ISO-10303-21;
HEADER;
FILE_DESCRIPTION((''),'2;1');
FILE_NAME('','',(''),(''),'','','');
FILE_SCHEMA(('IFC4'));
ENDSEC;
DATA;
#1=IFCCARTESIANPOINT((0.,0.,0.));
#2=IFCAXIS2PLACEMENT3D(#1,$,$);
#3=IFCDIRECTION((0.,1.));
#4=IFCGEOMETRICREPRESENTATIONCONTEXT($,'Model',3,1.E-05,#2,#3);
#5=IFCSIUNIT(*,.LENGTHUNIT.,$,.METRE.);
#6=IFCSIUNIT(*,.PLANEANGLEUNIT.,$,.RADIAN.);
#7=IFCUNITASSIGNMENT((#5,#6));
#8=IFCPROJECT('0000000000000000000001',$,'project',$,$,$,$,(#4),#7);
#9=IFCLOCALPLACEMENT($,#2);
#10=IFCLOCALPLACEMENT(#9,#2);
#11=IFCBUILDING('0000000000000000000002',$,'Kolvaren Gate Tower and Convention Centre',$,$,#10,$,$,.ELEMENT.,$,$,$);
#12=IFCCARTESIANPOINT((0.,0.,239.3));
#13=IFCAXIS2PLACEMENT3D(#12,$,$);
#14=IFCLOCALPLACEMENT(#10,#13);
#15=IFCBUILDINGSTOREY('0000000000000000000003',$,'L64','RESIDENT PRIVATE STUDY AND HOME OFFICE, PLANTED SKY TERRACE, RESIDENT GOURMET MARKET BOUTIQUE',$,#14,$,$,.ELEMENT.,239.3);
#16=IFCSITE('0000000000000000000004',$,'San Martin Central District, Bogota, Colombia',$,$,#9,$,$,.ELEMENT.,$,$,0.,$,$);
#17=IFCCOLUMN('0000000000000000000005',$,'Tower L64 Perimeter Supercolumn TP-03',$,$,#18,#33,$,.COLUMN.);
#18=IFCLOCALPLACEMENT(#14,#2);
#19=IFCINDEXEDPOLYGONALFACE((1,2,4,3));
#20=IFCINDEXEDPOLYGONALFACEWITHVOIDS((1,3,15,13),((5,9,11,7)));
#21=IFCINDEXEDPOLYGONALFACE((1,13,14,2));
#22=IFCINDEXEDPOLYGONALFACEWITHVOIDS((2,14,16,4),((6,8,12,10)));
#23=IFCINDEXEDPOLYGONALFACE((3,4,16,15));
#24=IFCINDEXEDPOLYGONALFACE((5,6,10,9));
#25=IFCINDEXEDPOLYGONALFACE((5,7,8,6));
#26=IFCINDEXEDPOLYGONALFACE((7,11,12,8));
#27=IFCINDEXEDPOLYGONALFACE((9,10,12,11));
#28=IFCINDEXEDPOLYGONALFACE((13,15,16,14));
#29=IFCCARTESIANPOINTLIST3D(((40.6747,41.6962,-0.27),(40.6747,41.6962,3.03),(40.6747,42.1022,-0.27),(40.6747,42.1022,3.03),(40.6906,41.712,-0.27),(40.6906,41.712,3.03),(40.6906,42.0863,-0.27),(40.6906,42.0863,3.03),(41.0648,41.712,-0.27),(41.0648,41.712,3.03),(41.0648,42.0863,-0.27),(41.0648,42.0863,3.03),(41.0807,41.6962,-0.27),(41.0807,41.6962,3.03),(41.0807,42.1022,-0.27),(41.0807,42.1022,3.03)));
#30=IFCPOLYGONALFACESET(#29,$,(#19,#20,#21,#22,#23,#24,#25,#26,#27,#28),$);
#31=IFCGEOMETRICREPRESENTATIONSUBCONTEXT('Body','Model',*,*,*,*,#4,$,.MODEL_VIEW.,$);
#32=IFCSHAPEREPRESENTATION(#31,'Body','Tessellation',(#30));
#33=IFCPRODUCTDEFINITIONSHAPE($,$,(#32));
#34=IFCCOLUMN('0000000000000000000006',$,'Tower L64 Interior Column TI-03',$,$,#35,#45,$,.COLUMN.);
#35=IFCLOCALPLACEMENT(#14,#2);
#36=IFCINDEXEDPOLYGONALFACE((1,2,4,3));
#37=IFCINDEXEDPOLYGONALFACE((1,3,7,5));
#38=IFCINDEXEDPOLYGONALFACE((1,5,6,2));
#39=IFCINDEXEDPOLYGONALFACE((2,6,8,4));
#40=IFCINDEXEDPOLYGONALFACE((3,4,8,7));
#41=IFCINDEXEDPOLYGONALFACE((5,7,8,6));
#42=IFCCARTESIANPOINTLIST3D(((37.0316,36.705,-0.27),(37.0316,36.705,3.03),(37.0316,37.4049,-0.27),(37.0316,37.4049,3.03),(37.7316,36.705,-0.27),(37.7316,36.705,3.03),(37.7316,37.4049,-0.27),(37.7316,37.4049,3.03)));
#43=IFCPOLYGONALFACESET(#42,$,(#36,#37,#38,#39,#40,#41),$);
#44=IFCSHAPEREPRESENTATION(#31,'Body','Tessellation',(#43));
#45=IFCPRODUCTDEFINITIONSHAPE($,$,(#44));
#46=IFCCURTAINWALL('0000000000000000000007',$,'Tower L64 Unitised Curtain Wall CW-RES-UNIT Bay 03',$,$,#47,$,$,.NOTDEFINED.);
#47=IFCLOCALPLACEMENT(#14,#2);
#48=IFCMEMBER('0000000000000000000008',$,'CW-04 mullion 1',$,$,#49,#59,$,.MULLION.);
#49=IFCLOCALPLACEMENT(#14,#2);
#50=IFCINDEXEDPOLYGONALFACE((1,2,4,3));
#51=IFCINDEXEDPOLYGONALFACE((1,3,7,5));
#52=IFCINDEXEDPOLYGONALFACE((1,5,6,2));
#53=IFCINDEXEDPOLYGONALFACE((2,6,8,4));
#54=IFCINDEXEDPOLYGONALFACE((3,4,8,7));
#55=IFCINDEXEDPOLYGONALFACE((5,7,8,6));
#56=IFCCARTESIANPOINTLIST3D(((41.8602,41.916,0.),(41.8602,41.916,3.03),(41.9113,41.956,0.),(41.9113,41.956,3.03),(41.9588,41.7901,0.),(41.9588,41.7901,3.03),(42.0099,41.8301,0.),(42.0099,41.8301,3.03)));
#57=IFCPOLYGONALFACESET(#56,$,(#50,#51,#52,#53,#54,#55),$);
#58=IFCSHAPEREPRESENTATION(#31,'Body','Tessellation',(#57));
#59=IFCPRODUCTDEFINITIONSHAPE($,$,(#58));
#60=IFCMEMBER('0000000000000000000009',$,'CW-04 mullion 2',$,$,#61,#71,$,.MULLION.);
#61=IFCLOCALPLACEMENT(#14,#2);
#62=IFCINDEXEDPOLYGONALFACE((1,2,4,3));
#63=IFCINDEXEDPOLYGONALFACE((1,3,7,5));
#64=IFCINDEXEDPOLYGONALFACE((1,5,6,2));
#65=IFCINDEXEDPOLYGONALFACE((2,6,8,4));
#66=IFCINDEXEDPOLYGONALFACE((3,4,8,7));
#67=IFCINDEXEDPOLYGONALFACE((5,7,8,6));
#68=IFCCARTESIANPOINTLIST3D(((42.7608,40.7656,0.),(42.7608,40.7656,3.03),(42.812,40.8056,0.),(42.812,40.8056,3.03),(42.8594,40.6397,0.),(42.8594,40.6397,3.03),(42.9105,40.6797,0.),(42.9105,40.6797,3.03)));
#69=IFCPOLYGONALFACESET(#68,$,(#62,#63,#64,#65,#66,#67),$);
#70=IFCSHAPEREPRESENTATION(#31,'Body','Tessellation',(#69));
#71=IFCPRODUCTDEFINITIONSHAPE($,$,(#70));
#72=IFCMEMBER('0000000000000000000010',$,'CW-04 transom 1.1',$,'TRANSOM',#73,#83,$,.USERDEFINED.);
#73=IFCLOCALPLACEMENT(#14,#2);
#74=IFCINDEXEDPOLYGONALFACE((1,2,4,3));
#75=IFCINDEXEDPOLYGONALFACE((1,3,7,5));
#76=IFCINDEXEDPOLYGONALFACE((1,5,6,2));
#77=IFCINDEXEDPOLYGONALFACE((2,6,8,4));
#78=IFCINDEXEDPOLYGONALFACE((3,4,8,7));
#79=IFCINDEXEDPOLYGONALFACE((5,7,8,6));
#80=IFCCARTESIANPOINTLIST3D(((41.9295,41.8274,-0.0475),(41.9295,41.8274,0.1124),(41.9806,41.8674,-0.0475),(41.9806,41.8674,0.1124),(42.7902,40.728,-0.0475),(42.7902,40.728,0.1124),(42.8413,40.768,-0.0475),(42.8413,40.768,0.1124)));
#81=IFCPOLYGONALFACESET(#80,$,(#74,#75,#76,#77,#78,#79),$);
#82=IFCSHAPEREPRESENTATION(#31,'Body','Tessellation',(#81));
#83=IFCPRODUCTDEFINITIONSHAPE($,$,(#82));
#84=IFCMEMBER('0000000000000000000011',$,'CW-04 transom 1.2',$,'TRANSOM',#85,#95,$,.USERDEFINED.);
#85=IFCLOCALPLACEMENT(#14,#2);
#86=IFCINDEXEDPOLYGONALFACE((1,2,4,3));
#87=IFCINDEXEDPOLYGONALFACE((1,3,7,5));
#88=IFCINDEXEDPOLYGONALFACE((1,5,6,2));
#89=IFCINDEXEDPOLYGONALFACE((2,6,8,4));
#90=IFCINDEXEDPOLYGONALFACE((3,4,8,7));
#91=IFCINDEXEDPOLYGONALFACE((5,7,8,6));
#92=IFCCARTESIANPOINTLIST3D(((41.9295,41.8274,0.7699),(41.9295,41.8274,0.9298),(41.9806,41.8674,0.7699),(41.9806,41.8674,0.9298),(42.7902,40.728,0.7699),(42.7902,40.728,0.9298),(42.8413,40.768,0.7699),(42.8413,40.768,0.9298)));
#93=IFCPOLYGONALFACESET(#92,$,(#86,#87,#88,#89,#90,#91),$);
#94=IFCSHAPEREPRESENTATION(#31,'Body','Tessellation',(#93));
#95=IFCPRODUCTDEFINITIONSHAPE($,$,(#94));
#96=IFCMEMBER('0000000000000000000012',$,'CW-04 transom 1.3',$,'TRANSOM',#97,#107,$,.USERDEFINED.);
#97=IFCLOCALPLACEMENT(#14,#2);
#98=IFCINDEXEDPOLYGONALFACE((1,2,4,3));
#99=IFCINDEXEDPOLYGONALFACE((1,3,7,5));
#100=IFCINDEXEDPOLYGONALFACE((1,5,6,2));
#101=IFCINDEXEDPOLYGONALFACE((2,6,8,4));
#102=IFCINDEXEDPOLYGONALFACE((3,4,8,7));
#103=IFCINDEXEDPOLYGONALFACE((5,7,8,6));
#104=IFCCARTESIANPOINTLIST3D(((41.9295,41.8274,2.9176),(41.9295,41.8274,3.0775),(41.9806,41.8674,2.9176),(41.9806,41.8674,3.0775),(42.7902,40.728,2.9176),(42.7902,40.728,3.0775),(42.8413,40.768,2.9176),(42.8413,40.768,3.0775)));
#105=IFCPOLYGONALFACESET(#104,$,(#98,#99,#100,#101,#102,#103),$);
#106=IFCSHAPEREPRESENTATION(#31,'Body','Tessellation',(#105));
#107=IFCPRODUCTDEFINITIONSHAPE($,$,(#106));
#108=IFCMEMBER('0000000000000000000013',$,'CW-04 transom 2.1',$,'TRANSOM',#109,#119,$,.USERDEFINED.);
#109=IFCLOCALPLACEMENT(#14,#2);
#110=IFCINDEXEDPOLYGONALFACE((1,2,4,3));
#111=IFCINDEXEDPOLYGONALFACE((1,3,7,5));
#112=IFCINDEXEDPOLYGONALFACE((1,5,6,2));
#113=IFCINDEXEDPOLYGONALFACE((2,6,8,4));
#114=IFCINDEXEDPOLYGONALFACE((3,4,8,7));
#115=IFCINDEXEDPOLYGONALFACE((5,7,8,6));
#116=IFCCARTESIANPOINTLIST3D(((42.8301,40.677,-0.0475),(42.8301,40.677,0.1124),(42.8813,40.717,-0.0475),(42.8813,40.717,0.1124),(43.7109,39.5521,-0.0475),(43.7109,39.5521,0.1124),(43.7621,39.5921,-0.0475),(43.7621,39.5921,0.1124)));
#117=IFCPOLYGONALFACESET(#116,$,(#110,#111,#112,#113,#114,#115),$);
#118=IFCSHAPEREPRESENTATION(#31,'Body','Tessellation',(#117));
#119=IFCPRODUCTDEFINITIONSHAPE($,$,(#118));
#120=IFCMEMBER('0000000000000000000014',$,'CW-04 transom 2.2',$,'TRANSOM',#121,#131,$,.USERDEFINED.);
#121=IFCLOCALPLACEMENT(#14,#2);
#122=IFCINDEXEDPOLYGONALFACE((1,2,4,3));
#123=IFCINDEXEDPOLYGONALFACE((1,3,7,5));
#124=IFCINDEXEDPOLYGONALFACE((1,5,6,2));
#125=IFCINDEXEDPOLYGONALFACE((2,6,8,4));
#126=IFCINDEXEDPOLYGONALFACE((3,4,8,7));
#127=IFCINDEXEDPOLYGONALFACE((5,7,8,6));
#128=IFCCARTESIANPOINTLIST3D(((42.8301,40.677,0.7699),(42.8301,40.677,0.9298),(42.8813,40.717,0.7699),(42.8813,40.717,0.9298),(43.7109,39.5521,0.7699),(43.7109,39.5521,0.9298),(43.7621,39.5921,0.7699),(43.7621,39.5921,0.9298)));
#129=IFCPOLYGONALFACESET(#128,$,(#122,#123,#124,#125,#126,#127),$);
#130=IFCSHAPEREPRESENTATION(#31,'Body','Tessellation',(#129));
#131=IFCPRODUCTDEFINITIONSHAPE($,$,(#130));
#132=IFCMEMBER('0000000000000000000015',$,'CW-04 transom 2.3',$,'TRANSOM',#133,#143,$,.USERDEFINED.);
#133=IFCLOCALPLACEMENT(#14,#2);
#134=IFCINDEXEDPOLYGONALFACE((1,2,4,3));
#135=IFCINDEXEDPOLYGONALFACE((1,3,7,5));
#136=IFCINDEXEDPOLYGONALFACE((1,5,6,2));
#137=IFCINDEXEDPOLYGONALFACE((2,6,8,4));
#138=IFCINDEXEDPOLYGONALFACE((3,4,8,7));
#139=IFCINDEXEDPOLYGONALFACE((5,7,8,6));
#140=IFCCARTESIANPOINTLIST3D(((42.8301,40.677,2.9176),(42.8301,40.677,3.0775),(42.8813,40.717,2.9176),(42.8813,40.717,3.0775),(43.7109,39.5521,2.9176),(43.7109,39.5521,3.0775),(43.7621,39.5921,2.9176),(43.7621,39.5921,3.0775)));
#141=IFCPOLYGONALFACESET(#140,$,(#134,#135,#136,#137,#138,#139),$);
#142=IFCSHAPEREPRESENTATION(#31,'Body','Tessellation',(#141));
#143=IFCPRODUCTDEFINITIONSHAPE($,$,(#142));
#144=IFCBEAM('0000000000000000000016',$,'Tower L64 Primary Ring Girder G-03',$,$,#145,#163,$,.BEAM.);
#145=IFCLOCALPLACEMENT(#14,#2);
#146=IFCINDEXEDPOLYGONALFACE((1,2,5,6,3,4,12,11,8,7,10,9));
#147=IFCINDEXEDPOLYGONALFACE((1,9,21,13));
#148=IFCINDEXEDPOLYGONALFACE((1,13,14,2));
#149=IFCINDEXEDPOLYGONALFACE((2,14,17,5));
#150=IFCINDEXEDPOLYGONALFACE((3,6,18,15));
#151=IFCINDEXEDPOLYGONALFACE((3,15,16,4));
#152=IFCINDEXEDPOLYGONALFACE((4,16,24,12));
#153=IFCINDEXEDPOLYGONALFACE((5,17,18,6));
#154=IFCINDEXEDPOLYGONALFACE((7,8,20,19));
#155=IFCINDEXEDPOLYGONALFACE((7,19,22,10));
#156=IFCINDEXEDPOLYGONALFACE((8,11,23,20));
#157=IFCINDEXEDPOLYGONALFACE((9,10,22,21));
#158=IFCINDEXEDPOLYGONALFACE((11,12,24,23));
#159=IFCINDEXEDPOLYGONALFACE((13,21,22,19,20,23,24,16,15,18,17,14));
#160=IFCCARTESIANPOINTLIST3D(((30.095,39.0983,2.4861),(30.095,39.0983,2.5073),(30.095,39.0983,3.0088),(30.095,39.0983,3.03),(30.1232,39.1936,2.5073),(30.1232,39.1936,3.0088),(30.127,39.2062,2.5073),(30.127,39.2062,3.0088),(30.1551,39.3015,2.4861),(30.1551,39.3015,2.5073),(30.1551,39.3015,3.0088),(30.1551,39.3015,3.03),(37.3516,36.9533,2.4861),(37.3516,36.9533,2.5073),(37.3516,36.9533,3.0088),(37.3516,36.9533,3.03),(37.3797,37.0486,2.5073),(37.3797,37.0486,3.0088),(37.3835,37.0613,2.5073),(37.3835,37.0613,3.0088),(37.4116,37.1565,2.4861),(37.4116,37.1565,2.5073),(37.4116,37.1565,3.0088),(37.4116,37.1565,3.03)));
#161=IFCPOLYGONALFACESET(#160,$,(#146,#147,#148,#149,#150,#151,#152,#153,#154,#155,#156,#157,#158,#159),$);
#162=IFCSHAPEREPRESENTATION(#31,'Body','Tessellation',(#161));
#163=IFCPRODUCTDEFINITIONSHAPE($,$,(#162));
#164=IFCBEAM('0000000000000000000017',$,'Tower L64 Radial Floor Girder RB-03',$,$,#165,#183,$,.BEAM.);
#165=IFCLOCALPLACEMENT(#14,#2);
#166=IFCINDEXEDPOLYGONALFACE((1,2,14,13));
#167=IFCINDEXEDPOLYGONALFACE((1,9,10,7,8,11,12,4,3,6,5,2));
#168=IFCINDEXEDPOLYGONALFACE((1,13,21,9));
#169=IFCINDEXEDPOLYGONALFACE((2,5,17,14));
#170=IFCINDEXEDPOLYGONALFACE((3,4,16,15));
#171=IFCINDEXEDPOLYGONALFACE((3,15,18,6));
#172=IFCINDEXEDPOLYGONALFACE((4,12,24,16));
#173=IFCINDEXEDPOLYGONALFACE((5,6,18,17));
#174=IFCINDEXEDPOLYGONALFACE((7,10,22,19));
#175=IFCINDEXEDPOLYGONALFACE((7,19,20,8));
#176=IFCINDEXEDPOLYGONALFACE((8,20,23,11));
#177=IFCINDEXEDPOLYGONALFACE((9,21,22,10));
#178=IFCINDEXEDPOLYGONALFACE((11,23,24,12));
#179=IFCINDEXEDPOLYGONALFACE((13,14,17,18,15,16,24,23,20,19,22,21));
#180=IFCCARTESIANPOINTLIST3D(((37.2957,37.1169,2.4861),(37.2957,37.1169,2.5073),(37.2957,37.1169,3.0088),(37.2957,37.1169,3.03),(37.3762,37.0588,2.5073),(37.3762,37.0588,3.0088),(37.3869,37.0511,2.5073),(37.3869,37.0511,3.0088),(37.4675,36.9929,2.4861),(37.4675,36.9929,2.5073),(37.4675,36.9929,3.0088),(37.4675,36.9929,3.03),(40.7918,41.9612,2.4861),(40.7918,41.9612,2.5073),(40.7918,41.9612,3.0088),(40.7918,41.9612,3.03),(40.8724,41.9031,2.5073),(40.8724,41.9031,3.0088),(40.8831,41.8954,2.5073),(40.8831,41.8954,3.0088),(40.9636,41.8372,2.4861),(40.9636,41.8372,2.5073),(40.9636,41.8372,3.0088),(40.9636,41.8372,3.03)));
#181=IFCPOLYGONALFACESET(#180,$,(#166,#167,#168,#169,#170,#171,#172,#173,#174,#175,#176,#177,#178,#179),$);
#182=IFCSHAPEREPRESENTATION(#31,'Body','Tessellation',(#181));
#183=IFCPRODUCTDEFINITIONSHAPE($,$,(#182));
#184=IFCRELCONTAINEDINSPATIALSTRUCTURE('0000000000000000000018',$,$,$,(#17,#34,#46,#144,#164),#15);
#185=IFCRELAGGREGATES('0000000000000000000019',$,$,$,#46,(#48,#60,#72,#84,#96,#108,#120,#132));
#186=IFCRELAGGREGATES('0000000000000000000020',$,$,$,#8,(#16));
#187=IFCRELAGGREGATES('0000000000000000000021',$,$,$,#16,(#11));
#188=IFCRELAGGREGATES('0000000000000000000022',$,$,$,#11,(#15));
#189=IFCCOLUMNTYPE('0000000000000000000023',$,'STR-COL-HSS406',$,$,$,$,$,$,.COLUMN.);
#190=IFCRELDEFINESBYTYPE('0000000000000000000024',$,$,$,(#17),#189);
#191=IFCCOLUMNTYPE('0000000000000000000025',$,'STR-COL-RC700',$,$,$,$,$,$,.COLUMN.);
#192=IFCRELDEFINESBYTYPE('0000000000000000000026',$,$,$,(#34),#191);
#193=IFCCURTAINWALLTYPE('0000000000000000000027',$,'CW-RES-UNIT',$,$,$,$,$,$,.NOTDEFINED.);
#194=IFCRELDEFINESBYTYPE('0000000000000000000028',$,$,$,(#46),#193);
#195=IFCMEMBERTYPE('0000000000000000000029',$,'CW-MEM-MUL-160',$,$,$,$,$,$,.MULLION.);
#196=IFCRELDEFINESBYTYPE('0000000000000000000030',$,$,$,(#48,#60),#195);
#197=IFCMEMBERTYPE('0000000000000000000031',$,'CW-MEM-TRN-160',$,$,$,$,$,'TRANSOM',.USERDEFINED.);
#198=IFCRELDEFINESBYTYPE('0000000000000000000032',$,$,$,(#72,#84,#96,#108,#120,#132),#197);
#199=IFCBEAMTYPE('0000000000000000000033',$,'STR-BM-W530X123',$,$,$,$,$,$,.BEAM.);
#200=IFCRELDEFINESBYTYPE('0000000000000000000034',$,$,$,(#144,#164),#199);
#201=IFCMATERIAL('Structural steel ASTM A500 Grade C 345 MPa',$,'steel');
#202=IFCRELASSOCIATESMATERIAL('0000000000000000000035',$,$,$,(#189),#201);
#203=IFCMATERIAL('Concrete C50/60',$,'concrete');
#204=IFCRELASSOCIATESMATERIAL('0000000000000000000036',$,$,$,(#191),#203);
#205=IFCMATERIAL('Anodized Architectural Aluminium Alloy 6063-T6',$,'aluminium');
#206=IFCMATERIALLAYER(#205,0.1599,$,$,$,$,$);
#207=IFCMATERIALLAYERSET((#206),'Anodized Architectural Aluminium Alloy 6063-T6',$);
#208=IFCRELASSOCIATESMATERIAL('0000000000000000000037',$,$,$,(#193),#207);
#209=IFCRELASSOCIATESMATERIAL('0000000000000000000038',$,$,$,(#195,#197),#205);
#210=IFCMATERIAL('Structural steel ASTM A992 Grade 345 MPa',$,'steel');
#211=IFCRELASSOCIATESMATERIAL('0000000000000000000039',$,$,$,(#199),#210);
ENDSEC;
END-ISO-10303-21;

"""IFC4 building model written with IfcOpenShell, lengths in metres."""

from ifc_helpers import new_model, si_unit, direction, frame, origin, origin_2d, place, context, subcontext, project, spatial, rectangle, hollow_rectangle, i_section, extrude, material, layer, layer_set, material_profile, profile_set, type_object, element, aggregate, save


model = new_model("IFC4")

# Units and contexts
model_context = context("Model", 3, precision=1e-05, world=origin(), true_north=direction((0.0, 1.0)))
body_context = subcontext(model_context, "Body", "Model", "MODEL_VIEW")
ifc_project = project(units=[si_unit("LENGTHUNIT", "METRE"), si_unit("PLANEANGLEUNIT", "RADIAN")], contexts=[model_context])

# Site, building, storey
site_placement = place(None, origin())
site = spatial("IfcSite", under=ifc_project, at=site_placement, Name="San Martin Central District, Bogota, Colombia", CompositionType="ELEMENT", RefElevation=0.0)
building_placement = place(site_placement, origin())
building = spatial("IfcBuilding", under=site, at=building_placement, Name="Kolvaren Gate Tower and Convention Centre", CompositionType="ELEMENT")
storey_placement = place(building_placement, frame((0.0, 0.0, 239.3)))
storey = spatial("IfcBuildingStorey", under=building, at=storey_placement, Name="L64", Description="RESIDENT PRIVATE STUDY AND HOME OFFICE, PLANTED SKY TERRACE, RESIDENT GOURMET MARKET BOUTIQUE", CompositionType="ELEMENT", Elevation=239.3)

# Columns
ifc_material_1 = material(Name="Structural steel ASTM A500 Grade C 345 MPa", Category="steel")
ifc_material_profile_1 = material_profile(ifc_material_1, hollow_rectangle(XDim=0.406, YDim=0.406, WallThickness=0.0159, at=origin_2d()), Name="HSS406X406X15.9")
ifc_profile_set_1 = profile_set([ifc_material_profile_1], Name="Structural steel ASTM A500 Grade C 345 MPa")
column_type_1 = type_object("IfcColumnType", Name="STR-COL-HSS406", PredefinedType="COLUMN", material=ifc_profile_set_1)
column_1_placement = place(storey_placement, frame((40.8777, 41.8992, -0.27), z_axis=(0.0, 0.0, 1.0), x_axis=(1.0, 0.0, 0.0)))
element("IfcColumn", 1, at=column_1_placement, inside=storey, type_object=column_type_1, Name="Tower L64 Perimeter Supercolumn TP-03", PredefinedType="COLUMN", context=body_context, shape_type="SweptSolid", body=[
    extrude(hollow_rectangle(XDim=0.406, YDim=0.406, WallThickness=0.0159, at=origin_2d()), origin(), (0.0, 0.0, 1.0), 3.3),
])
ifc_material_2 = material(Name="Concrete C50/60", Category="concrete")
ifc_material_profile_2 = material_profile(ifc_material_2, rectangle(XDim=0.7, YDim=0.7, at=origin_2d()), Name="RC-COL-700X700")
ifc_profile_set_2 = profile_set([ifc_material_profile_2], Name="Concrete C50/60")
column_type_2 = type_object("IfcColumnType", Name="STR-COL-RC700", PredefinedType="COLUMN", material=ifc_profile_set_2)
column_2_placement = place(storey_placement, frame((37.3816, 37.0549, -0.27), z_axis=(0.0, 0.0, 1.0), x_axis=(1.0, 0.0, 0.0)))
element("IfcColumn", 2, at=column_2_placement, inside=storey, type_object=column_type_2, Name="Tower L64 Interior Column TI-03", PredefinedType="COLUMN", context=body_context, shape_type="SweptSolid", body=[
    extrude(rectangle(XDim=0.7, YDim=0.7, at=origin_2d()), origin(), (0.0, 0.0, 1.0), 3.3),
])

# Curtain wall, members
ifc_material_3 = material(Name="Anodized Architectural Aluminium Alloy 6063-T6", Category="aluminium")
ifc_layer_1 = layer(ifc_material_3, 0.1599)
ifc_layer_set_1 = layer_set([ifc_layer_1], Name="Anodized Architectural Aluminium Alloy 6063-T6")
curtain_wall_type = type_object("IfcCurtainWallType", Name="CW-RES-UNIT", PredefinedType="NOTDEFINED", material=ifc_layer_set_1)
curtain_wall_placement = place(storey_placement, origin())
curtain_wall = element("IfcCurtainWall", 3, at=curtain_wall_placement, inside=storey, type_object=curtain_wall_type, Name="Tower L64 Unitised Curtain Wall CW-RES-UNIT Bay 03", PredefinedType="NOTDEFINED")
ifc_material_profile_3 = material_profile(ifc_material_3, rectangle(XDim=0.0649, YDim=0.1599, at=origin_2d()), Name="CW-MEM-MUL-160")
ifc_profile_set_3 = profile_set([ifc_material_profile_3], Name="Anodized Architectural Aluminium Alloy 6063-T6")
member_type_1 = type_object("IfcMemberType", Name="CW-MEM-MUL-160", PredefinedType="MULLION", material=ifc_profile_set_3)
member_1_placement = place(storey_placement, frame((41.9351, 41.873, 0.0), z_axis=(0.0, 0.0, 1.0), x_axis=(0.787403, 0.616439, 0.0)))
member_1 = element("IfcMember", 4, at=member_1_placement, type_object=member_type_1, Name="CW-04 mullion 1", PredefinedType="MULLION", context=body_context, shape_type="SweptSolid", body=[
    extrude(rectangle(XDim=0.0649, YDim=0.1599, at=origin_2d()), origin(), (0.0, 0.0, 1.0), 3.03),
])
member_2_placement = place(storey_placement, frame((42.8357, 40.7227, 0.0), z_axis=(0.0, 0.0, 1.0), x_axis=(0.787403, 0.616439, 0.0)))
member_2 = element("IfcMember", 5, at=member_2_placement, type_object=member_type_1, Name="CW-04 mullion 2", PredefinedType="MULLION", context=body_context, shape_type="SweptSolid", body=[
    extrude(rectangle(XDim=0.0649, YDim=0.1599, at=origin_2d()), origin(), (0.0, 0.0, 1.0), 3.03),
])
ifc_material_profile_4 = material_profile(ifc_material_3, rectangle(XDim=0.0649, YDim=0.1599, at=origin_2d()), Name="CW-MEM-TRN-160")
ifc_profile_set_4 = profile_set([ifc_material_profile_4], Name="Anodized Architectural Aluminium Alloy 6063-T6")
member_type_2 = type_object("IfcMemberType", Name="CW-MEM-TRN-160", ElementType="TRANSOM", PredefinedType="USERDEFINED", material=ifc_profile_set_4)
member_3_placement = place(storey_placement, frame((41.9551, 41.8474, 0.0325), z_axis=(0.616407, -0.787428, 0.0), x_axis=(0.787428, 0.616407, 0.0)))
member_3 = element("IfcMember", 6, at=member_3_placement, type_object=member_type_2, Name="CW-04 transom 1.1", ObjectType="TRANSOM", PredefinedType="USERDEFINED", context=body_context, shape_type="SweptSolid", body=[
    extrude(rectangle(XDim=0.0649, YDim=0.1599, at=origin_2d()), origin(), (0.0, 0.0, 1.0), 1.3962),
])
member_4_placement = place(storey_placement, frame((41.9551, 41.8474, 0.8499), z_axis=(0.616407, -0.787428, 0.0), x_axis=(0.787428, 0.616407, 0.0)))
member_4 = element("IfcMember", 7, at=member_4_placement, type_object=member_type_2, Name="CW-04 transom 1.2", ObjectType="TRANSOM", PredefinedType="USERDEFINED", context=body_context, shape_type="SweptSolid", body=[
    extrude(rectangle(XDim=0.0649, YDim=0.1599, at=origin_2d()), origin(), (0.0, 0.0, 1.0), 1.3962),
])
member_5_placement = place(storey_placement, frame((41.9551, 41.8474, 2.9976), z_axis=(0.616407, -0.787428, 0.0), x_axis=(0.787428, 0.616407, 0.0)))
member_5 = element("IfcMember", 8, at=member_5_placement, type_object=member_type_2, Name="CW-04 transom 1.3", ObjectType="TRANSOM", PredefinedType="USERDEFINED", context=body_context, shape_type="SweptSolid", body=[
    extrude(rectangle(XDim=0.0649, YDim=0.1599, at=origin_2d()), origin(), (0.0, 0.0, 1.0), 1.3962),
])
member_6_placement = place(storey_placement, frame((42.8557, 40.697, 0.0325), z_axis=(0.616493, -0.787361, 0.0), x_axis=(0.787361, 0.616493, 0.0)))
member_6 = element("IfcMember", 9, at=member_6_placement, type_object=member_type_2, Name="CW-04 transom 2.1", ObjectType="TRANSOM", PredefinedType="USERDEFINED", context=body_context, shape_type="SweptSolid", body=[
    extrude(rectangle(XDim=0.0649, YDim=0.1599, at=origin_2d()), origin(), (0.0, 0.0, 1.0), 1.4287),
])
member_7_placement = place(storey_placement, frame((42.8557, 40.697, 0.8499), z_axis=(0.616493, -0.787361, 0.0), x_axis=(0.787361, 0.616493, 0.0)))
member_7 = element("IfcMember", 10, at=member_7_placement, type_object=member_type_2, Name="CW-04 transom 2.2", ObjectType="TRANSOM", PredefinedType="USERDEFINED", context=body_context, shape_type="SweptSolid", body=[
    extrude(rectangle(XDim=0.0649, YDim=0.1599, at=origin_2d()), origin(), (0.0, 0.0, 1.0), 1.4287),
])
member_8_placement = place(storey_placement, frame((42.8557, 40.697, 2.9976), z_axis=(0.616493, -0.787361, 0.0), x_axis=(0.787361, 0.616493, 0.0)))
member_8 = element("IfcMember", 11, at=member_8_placement, type_object=member_type_2, Name="CW-04 transom 2.3", ObjectType="TRANSOM", PredefinedType="USERDEFINED", context=body_context, shape_type="SweptSolid", body=[
    extrude(rectangle(XDim=0.0649, YDim=0.1599, at=origin_2d()), origin(), (0.0, 0.0, 1.0), 1.4287),
])

# Beams
ifc_material_4 = material(Name="Structural steel ASTM A992 Grade 345 MPa", Category="steel")
ifc_material_profile_5 = material_profile(ifc_material_4, i_section(OverallWidth=0.2119, OverallDepth=0.5439, WebThickness=0.0132, FlangeThickness=0.0212, at=origin_2d()), Name="W530X123")
ifc_profile_set_5 = profile_set([ifc_material_profile_5], Name="Structural steel ASTM A992 Grade 345 MPa")
beam_type_1 = type_object("IfcBeamType", Name="STR-BM-W530X123", PredefinedType="BEAM", material=ifc_profile_set_5)
beam_1_placement = place(storey_placement, frame((37.3816, 37.0549, 2.7581), z_axis=(-0.958981, 0.283471, 0.0), x_axis=(-0.283471, -0.958981, 0.0)))
element("IfcBeam", 12, at=beam_1_placement, inside=storey, type_object=beam_type_1, Name="Tower L64 Primary Ring Girder G-03", PredefinedType="BEAM", context=body_context, shape_type="SweptSolid", body=[
    extrude(i_section(OverallWidth=0.2119, OverallDepth=0.5439, WebThickness=0.0132, FlangeThickness=0.0212, at=origin_2d()), origin(), (0.0, 0.0, 1.0), 7.5669),
])
beam_2_placement = place(storey_placement, frame((37.3816, 37.0549, 2.7581), z_axis=(0.585213, 0.81088, 0.0), x_axis=(-0.81088, 0.585213, 0.0)))
element("IfcBeam", 13, at=beam_2_placement, inside=storey, type_object=beam_type_1, Name="Tower L64 Radial Floor Girder RB-03", PredefinedType="BEAM", context=body_context, shape_type="SweptSolid", body=[
    extrude(i_section(OverallWidth=0.2119, OverallDepth=0.5439, WebThickness=0.0132, FlangeThickness=0.0212, at=origin_2d()), origin(), (0.0, 0.0, 1.0), 5.9741),
])

aggregate(curtain_wall, [member_1, member_2, member_3, member_4, member_5, member_6, member_7, member_8])

save(model, "model.ifc")
